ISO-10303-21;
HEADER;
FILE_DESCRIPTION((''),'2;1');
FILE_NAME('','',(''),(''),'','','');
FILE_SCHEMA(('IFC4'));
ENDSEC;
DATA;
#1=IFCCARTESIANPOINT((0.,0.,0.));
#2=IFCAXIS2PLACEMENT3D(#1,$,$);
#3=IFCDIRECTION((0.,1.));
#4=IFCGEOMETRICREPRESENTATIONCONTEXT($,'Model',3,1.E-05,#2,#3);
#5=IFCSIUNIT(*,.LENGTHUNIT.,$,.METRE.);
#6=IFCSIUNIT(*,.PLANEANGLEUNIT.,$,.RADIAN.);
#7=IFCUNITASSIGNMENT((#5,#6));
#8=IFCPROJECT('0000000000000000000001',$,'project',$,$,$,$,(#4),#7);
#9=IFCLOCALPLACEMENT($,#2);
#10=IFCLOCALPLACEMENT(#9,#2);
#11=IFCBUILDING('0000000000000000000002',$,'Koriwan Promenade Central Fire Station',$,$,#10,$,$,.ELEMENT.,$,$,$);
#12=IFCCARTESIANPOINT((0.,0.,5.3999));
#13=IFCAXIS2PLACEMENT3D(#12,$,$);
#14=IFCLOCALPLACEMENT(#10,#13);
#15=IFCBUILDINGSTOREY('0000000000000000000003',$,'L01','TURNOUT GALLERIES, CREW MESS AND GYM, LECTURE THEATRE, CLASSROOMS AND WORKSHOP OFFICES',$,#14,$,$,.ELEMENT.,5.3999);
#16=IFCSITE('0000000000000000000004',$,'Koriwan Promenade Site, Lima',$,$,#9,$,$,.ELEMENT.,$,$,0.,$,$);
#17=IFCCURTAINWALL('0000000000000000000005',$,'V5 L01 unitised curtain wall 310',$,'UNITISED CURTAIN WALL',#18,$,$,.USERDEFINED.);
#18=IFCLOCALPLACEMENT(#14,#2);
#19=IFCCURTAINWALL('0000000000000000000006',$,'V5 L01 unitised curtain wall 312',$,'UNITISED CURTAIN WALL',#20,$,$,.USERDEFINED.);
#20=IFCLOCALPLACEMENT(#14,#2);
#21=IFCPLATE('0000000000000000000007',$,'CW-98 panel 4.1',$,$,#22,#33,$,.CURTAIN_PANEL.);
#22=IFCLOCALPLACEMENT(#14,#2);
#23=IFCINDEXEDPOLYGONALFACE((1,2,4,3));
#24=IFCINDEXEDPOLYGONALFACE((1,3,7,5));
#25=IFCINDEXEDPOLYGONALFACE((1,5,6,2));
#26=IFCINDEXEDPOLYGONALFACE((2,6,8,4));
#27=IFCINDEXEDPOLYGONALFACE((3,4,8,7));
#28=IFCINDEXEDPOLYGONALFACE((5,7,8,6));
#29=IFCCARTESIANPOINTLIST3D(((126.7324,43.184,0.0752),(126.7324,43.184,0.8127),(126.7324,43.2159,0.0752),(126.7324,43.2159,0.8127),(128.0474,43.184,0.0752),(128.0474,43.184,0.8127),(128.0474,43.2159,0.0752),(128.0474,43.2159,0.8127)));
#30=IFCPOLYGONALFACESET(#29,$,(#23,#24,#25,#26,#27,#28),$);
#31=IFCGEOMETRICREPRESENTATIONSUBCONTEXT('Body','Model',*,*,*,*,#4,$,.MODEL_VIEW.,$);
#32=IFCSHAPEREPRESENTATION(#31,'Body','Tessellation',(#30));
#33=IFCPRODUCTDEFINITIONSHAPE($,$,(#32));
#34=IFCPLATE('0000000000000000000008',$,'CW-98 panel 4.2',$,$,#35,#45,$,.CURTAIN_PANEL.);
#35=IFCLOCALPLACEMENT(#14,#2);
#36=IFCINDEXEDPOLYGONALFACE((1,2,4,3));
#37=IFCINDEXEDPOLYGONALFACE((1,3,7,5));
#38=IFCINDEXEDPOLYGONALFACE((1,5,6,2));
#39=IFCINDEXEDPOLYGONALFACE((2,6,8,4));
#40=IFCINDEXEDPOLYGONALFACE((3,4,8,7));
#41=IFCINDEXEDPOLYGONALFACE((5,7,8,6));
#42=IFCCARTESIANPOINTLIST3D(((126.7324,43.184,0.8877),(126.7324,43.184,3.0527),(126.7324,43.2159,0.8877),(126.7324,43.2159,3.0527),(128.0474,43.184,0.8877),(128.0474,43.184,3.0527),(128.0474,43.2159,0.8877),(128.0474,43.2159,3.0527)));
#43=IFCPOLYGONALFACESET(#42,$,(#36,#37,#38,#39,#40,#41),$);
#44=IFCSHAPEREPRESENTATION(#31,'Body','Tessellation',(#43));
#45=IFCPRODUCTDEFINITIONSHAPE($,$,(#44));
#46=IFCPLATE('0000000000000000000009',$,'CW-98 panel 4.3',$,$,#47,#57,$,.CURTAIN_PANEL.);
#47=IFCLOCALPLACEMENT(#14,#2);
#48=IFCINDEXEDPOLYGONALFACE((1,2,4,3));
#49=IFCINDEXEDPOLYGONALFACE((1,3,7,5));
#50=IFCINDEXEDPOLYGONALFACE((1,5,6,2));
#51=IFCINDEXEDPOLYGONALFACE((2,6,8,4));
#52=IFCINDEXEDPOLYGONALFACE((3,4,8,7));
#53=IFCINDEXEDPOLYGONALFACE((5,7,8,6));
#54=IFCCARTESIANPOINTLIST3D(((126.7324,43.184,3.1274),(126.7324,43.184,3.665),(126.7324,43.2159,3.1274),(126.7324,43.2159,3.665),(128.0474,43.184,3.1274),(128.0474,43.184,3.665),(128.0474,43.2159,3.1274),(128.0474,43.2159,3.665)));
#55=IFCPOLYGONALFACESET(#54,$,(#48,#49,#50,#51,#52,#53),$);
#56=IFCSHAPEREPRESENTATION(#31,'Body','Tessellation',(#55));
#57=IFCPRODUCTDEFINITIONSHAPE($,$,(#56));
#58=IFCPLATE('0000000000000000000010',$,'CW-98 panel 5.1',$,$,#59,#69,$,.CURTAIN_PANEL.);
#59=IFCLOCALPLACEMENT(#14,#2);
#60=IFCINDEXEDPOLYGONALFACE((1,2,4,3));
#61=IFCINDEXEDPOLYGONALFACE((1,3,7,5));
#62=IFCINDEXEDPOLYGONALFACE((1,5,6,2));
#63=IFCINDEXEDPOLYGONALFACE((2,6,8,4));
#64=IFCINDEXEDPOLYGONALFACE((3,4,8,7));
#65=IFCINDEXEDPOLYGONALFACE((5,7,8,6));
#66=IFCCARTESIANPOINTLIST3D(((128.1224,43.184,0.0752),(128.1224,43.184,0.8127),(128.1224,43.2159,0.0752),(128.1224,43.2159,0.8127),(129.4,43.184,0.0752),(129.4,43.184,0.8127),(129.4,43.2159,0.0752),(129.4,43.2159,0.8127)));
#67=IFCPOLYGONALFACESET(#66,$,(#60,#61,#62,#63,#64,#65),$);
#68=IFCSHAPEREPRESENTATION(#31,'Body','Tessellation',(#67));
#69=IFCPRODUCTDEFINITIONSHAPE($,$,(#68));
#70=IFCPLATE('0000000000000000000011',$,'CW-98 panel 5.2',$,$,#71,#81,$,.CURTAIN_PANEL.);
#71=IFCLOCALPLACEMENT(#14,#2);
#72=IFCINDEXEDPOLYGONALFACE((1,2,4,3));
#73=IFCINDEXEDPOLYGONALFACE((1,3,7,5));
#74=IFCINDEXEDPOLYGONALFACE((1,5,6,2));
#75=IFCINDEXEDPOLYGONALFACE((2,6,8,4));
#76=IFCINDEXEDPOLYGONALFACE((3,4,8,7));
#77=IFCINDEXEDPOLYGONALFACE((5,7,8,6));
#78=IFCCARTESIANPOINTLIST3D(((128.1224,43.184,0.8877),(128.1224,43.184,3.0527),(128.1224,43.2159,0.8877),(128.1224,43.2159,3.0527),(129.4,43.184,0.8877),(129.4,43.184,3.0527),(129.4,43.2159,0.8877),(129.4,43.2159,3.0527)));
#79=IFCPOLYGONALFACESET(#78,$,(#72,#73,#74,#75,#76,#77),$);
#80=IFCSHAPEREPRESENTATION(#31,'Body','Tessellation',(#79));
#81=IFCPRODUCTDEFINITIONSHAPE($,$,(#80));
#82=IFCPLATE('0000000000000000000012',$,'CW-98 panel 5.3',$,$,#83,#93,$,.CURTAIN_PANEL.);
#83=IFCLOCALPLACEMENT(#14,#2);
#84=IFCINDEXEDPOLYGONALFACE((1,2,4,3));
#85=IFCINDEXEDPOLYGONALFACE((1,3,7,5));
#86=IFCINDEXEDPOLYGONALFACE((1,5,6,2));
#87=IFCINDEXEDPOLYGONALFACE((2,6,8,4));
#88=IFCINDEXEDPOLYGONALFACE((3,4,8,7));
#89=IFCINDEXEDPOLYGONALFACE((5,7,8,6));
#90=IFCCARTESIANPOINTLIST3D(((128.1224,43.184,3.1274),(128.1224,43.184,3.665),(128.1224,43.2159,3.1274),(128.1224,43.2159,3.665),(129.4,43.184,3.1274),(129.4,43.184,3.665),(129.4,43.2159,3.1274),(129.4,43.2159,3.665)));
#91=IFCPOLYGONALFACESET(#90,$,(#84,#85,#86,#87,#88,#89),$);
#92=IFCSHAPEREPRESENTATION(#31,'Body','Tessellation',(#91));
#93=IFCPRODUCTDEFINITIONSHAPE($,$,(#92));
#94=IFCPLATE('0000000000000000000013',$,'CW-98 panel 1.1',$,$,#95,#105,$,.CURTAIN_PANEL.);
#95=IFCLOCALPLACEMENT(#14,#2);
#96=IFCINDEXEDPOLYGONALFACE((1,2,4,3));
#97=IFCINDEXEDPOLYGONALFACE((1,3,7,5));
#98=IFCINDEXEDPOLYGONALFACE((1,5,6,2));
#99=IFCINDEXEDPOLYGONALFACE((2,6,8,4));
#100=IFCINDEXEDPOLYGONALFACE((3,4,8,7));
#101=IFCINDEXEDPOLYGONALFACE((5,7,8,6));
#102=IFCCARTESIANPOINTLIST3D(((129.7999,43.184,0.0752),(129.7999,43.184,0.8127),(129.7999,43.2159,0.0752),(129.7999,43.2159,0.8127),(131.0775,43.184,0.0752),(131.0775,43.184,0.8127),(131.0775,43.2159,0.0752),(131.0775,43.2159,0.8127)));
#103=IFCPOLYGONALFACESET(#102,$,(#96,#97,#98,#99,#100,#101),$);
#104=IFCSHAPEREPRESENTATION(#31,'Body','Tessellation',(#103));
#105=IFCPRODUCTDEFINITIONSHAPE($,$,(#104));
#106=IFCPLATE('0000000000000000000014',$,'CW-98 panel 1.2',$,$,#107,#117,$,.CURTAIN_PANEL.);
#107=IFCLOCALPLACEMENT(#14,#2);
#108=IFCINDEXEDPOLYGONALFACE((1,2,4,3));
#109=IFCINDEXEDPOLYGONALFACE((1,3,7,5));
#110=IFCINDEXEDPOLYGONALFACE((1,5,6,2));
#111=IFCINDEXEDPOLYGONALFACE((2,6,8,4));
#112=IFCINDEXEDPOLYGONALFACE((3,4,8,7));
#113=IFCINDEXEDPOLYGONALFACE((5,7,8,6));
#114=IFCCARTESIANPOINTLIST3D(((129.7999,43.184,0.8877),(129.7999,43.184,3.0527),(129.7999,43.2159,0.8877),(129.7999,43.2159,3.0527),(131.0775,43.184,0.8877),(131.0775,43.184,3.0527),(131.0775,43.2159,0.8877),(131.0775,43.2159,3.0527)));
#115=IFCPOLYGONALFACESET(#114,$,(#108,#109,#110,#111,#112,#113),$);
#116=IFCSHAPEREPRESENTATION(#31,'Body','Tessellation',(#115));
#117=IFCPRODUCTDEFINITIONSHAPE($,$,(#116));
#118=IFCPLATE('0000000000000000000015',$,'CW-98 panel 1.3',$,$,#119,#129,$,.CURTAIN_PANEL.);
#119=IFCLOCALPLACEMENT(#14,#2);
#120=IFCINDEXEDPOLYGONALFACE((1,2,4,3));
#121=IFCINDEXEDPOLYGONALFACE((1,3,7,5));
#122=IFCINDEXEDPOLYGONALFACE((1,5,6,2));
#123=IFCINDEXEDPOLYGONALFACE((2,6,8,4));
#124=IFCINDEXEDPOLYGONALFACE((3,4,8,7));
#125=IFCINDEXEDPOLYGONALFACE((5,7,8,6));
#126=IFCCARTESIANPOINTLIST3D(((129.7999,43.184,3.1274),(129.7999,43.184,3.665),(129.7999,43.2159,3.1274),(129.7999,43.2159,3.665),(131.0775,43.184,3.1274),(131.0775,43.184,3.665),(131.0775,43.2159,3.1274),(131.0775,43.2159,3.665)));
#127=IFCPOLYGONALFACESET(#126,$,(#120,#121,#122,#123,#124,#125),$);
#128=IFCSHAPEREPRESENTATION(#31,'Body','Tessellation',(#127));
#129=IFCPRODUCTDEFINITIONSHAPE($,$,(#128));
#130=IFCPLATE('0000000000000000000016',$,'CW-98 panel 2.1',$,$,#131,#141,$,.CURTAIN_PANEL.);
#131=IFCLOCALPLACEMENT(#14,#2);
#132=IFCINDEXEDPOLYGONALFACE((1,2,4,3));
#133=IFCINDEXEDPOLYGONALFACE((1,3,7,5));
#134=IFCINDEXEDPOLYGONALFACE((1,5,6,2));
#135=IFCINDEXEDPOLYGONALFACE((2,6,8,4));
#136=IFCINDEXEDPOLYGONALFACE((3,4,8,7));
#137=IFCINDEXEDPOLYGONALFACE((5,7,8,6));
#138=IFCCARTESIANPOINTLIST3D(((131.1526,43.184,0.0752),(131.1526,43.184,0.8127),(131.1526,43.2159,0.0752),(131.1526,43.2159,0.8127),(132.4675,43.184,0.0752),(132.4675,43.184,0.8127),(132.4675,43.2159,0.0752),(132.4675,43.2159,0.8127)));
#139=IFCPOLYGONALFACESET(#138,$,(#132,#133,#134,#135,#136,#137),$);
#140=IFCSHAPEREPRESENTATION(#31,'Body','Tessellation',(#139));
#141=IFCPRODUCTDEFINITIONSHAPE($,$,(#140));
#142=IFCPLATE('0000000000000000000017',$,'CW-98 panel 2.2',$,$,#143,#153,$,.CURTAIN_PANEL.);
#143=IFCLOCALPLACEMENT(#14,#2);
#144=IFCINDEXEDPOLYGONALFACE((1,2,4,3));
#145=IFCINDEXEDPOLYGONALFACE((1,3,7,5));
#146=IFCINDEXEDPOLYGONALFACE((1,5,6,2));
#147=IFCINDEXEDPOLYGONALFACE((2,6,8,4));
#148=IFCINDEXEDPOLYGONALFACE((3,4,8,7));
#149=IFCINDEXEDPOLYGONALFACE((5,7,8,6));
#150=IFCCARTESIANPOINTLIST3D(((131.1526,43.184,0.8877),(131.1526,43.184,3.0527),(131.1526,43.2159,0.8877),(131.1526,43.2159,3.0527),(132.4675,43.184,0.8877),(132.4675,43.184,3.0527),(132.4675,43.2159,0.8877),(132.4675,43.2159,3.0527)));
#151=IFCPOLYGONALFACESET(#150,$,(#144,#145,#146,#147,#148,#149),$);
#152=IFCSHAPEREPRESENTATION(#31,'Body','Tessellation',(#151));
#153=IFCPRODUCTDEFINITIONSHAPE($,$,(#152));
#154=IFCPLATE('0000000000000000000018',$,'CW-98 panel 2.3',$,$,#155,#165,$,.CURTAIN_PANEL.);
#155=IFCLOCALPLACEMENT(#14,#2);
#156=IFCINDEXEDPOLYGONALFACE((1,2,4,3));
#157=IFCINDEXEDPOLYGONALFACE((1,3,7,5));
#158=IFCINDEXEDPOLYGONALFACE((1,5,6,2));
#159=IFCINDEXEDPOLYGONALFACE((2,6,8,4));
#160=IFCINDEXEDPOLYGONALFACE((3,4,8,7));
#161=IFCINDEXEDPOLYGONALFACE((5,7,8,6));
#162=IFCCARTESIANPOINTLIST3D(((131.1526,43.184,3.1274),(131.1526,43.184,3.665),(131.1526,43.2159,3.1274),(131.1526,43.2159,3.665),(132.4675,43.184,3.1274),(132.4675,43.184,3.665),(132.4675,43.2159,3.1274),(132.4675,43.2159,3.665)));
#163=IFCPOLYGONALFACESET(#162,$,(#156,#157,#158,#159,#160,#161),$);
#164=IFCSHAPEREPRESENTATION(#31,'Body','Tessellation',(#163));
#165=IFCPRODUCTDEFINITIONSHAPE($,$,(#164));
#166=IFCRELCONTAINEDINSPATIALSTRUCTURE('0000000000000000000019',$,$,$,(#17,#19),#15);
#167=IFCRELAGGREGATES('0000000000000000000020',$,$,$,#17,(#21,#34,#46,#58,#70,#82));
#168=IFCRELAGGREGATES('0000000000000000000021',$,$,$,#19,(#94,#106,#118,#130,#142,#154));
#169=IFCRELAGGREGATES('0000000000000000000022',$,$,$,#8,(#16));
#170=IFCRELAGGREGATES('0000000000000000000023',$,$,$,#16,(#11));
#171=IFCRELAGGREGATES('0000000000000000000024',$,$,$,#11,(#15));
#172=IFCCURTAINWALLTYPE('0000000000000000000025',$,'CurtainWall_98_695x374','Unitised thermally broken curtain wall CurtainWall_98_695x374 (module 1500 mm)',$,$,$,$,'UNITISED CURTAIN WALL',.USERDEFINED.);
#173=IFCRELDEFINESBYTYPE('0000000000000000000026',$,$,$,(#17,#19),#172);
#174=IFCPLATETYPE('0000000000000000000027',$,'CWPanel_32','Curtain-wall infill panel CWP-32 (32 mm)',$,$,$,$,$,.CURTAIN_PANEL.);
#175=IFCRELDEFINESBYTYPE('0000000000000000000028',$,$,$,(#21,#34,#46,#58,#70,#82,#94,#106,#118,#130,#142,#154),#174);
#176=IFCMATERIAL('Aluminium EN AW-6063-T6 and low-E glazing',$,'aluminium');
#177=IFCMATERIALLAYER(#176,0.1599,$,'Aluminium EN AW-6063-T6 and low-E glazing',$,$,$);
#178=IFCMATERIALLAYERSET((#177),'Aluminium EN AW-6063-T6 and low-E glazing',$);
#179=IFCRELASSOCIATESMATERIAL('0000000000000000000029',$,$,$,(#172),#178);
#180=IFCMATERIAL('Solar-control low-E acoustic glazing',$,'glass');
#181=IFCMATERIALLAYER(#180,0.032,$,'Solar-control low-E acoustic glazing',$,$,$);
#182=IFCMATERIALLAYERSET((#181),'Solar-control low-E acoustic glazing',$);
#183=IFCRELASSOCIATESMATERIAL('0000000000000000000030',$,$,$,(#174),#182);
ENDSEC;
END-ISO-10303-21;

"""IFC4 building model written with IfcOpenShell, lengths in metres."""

from ifc_helpers import new_model, si_unit, direction, frame, origin, origin_2d, place, context, subcontext, project, spatial, rectangle, extrude, material, layer, layer_set, type_object, element, aggregate, save


model = new_model("IFC4")

# Units and contexts
model_context = context("Model", 3, precision=1e-05, world=origin(), true_north=direction((0.0, 1.0)))
body_context = subcontext(model_context, "Body", "Model", "MODEL_VIEW")
ifc_project = project(units=[si_unit("LENGTHUNIT", "METRE"), si_unit("PLANEANGLEUNIT", "RADIAN")], contexts=[model_context])

# Site, building, storey
site_placement = place(None, origin())
site = spatial("IfcSite", under=ifc_project, at=site_placement, Name="Koriwan Promenade Site, Lima", CompositionType="ELEMENT", RefElevation=0.0)
building_placement = place(site_placement, origin())
building = spatial("IfcBuilding", under=site, at=building_placement, Name="Koriwan Promenade Central Fire Station", CompositionType="ELEMENT")
storey_placement = place(building_placement, frame((0.0, 0.0, 5.3999)))
storey = spatial("IfcBuildingStorey", under=building, at=storey_placement, Name="L01", Description="TURNOUT GALLERIES, CREW MESS AND GYM, LECTURE THEATRE, CLASSROOMS AND WORKSHOP OFFICES", CompositionType="ELEMENT", Elevation=5.3999)

# Curtain walls
ifc_material_1 = material(Name="Aluminium EN AW-6063-T6 and low-E glazing", Category="aluminium")
ifc_layer_1 = layer(ifc_material_1, 0.1599, Name="Aluminium EN AW-6063-T6 and low-E glazing")
ifc_layer_set_1 = layer_set([ifc_layer_1], Name="Aluminium EN AW-6063-T6 and low-E glazing")
curtain_wall_type = type_object("IfcCurtainWallType", Name="CurtainWall_98_695x374", Description="Unitised thermally broken curtain wall CurtainWall_98_695x374 (module 1500 mm)", ElementType="UNITISED CURTAIN WALL", PredefinedType="USERDEFINED", material=ifc_layer_set_1)
curtain_wall_1_placement = place(storey_placement, origin())
curtain_wall_1 = element("IfcCurtainWall", 1, at=curtain_wall_1_placement, inside=storey, type_object=curtain_wall_type, Name="V5 L01 unitised curtain wall 310", ObjectType="UNITISED CURTAIN WALL", PredefinedType="USERDEFINED")
curtain_wall_2_placement = place(storey_placement, origin())
curtain_wall_2 = element("IfcCurtainWall", 2, at=curtain_wall_2_placement, inside=storey, type_object=curtain_wall_type, Name="V5 L01 unitised curtain wall 312", ObjectType="UNITISED CURTAIN WALL", PredefinedType="USERDEFINED")

# Plates
ifc_material_2 = material(Name="Solar-control low-E acoustic glazing", Category="glass")
ifc_layer_2 = layer(ifc_material_2, 0.032, Name="Solar-control low-E acoustic glazing")
ifc_layer_set_2 = layer_set([ifc_layer_2], Name="Solar-control low-E acoustic glazing")
plate_type = type_object("IfcPlateType", Name="CWPanel_32", Description="Curtain-wall infill panel CWP-32 (32 mm)", PredefinedType="CURTAIN_PANEL", material=ifc_layer_set_2)
plate_1_placement = place(storey_placement, frame((127.3899, 43.2, 0.0752), z_axis=(0.0, 0.0, 1.0), x_axis=(1.0, 0.0, 0.0)))
plate_1 = element("IfcPlate", 3, at=plate_1_placement, type_object=plate_type, Name="CW-98 panel 4.1", PredefinedType="CURTAIN_PANEL", context=body_context, shape_type="SweptSolid", body=[
    extrude(rectangle(XDim=1.3149, YDim=0.032, at=origin_2d()), origin(), (0.0, 0.0, 1.0), 0.7375),
])
plate_2_placement = place(storey_placement, frame((127.3899, 43.2, 0.8877), z_axis=(0.0, 0.0, 1.0), x_axis=(1.0, 0.0, 0.0)))
plate_2 = element("IfcPlate", 4, at=plate_2_placement, type_object=plate_type, Name="CW-98 panel 4.2", PredefinedType="CURTAIN_PANEL", context=body_context, shape_type="SweptSolid", body=[
    extrude(rectangle(XDim=1.3149, YDim=0.032, at=origin_2d()), origin(), (0.0, 0.0, 1.0), 2.165),
])
plate_3_placement = place(storey_placement, frame((127.3899, 43.2, 3.1274), z_axis=(0.0, 0.0, 1.0), x_axis=(1.0, 0.0, 0.0)))
plate_3 = element("IfcPlate", 5, at=plate_3_placement, type_object=plate_type, Name="CW-98 panel 4.3", PredefinedType="CURTAIN_PANEL", context=body_context, shape_type="SweptSolid", body=[
    extrude(rectangle(XDim=1.3149, YDim=0.032, at=origin_2d()), origin(), (0.0, 0.0, 1.0), 0.5376),
])
plate_4_placement = place(storey_placement, frame((128.7612, 43.2, 0.0752), z_axis=(0.0, 0.0, 1.0), x_axis=(1.0, 0.0, 0.0)))
plate_4 = element("IfcPlate", 6, at=plate_4_placement, type_object=plate_type, Name="CW-98 panel 5.1", PredefinedType="CURTAIN_PANEL", context=body_context, shape_type="SweptSolid", body=[
    extrude(rectangle(XDim=1.2776, YDim=0.032, at=origin_2d()), origin(), (0.0, 0.0, 1.0), 0.7375),
])
plate_5_placement = place(storey_placement, frame((128.7612, 43.2, 0.8877), z_axis=(0.0, 0.0, 1.0), x_axis=(1.0, 0.0, 0.0)))
plate_5 = element("IfcPlate", 7, at=plate_5_placement, type_object=plate_type, Name="CW-98 panel 5.2", PredefinedType="CURTAIN_PANEL", context=body_context, shape_type="SweptSolid", body=[
    extrude(rectangle(XDim=1.2776, YDim=0.032, at=origin_2d()), origin(), (0.0, 0.0, 1.0), 2.165),
])
plate_6_placement = place(storey_placement, frame((128.7612, 43.2, 3.1274), z_axis=(0.0, 0.0, 1.0), x_axis=(1.0, 0.0, 0.0)))
plate_6 = element("IfcPlate", 8, at=plate_6_placement, type_object=plate_type, Name="CW-98 panel 5.3", PredefinedType="CURTAIN_PANEL", context=body_context, shape_type="SweptSolid", body=[
    extrude(rectangle(XDim=1.2776, YDim=0.032, at=origin_2d()), origin(), (0.0, 0.0, 1.0), 0.5376),
])
aggregate(curtain_wall_1, [plate_1, plate_2, plate_3, plate_4, plate_5, plate_6])
plate_7_placement = place(storey_placement, frame((130.4387, 43.2, 0.0752), z_axis=(0.0, 0.0, 1.0), x_axis=(1.0, 0.0, 0.0)))
plate_7 = element("IfcPlate", 9, at=plate_7_placement, type_object=plate_type, Name="CW-98 panel 1.1", PredefinedType="CURTAIN_PANEL", context=body_context, shape_type="SweptSolid", body=[
    extrude(rectangle(XDim=1.2776, YDim=0.032, at=origin_2d()), origin(), (0.0, 0.0, 1.0), 0.7375),
])
plate_8_placement = place(storey_placement, frame((130.4387, 43.2, 0.8877), z_axis=(0.0, 0.0, 1.0), x_axis=(1.0, 0.0, 0.0)))
plate_8 = element("IfcPlate", 10, at=plate_8_placement, type_object=plate_type, Name="CW-98 panel 1.2", PredefinedType="CURTAIN_PANEL", context=body_context, shape_type="SweptSolid", body=[
    extrude(rectangle(XDim=1.2776, YDim=0.032, at=origin_2d()), origin(), (0.0, 0.0, 1.0), 2.165),
])
plate_9_placement = place(storey_placement, frame((130.4387, 43.2, 3.1274), z_axis=(0.0, 0.0, 1.0), x_axis=(1.0, 0.0, 0.0)))
plate_9 = element("IfcPlate", 11, at=plate_9_placement, type_object=plate_type, Name="CW-98 panel 1.3", PredefinedType="CURTAIN_PANEL", context=body_context, shape_type="SweptSolid", body=[
    extrude(rectangle(XDim=1.2776, YDim=0.032, at=origin_2d()), origin(), (0.0, 0.0, 1.0), 0.5376),
])
plate_10_placement = place(storey_placement, frame((131.8101, 43.2, 0.0752), z_axis=(0.0, 0.0, 1.0), x_axis=(1.0, 0.0, 0.0)))
plate_10 = element("IfcPlate", 12, at=plate_10_placement, type_object=plate_type, Name="CW-98 panel 2.1", PredefinedType="CURTAIN_PANEL", context=body_context, shape_type="SweptSolid", body=[
    extrude(rectangle(XDim=1.3149, YDim=0.032, at=origin_2d()), origin(), (0.0, 0.0, 1.0), 0.7375),
])
plate_11_placement = place(storey_placement, frame((131.8101, 43.2, 0.8877), z_axis=(0.0, 0.0, 1.0), x_axis=(1.0, 0.0, 0.0)))
plate_11 = element("IfcPlate", 13, at=plate_11_placement, type_object=plate_type, Name="CW-98 panel 2.2", PredefinedType="CURTAIN_PANEL", context=body_context, shape_type="SweptSolid", body=[
    extrude(rectangle(XDim=1.3149, YDim=0.032, at=origin_2d()), origin(), (0.0, 0.0, 1.0), 2.165),
])
plate_12_placement = place(storey_placement, frame((131.8101, 43.2, 3.1274), z_axis=(0.0, 0.0, 1.0), x_axis=(1.0, 0.0, 0.0)))
plate_12 = element("IfcPlate", 14, at=plate_12_placement, type_object=plate_type, Name="CW-98 panel 2.3", PredefinedType="CURTAIN_PANEL", context=body_context, shape_type="SweptSolid", body=[
    extrude(rectangle(XDim=1.3149, YDim=0.032, at=origin_2d()), origin(), (0.0, 0.0, 1.0), 0.5376),
])
aggregate(curtain_wall_2, [plate_7, plate_8, plate_9, plate_10, plate_11, plate_12])

save(model, "model.ifc")
